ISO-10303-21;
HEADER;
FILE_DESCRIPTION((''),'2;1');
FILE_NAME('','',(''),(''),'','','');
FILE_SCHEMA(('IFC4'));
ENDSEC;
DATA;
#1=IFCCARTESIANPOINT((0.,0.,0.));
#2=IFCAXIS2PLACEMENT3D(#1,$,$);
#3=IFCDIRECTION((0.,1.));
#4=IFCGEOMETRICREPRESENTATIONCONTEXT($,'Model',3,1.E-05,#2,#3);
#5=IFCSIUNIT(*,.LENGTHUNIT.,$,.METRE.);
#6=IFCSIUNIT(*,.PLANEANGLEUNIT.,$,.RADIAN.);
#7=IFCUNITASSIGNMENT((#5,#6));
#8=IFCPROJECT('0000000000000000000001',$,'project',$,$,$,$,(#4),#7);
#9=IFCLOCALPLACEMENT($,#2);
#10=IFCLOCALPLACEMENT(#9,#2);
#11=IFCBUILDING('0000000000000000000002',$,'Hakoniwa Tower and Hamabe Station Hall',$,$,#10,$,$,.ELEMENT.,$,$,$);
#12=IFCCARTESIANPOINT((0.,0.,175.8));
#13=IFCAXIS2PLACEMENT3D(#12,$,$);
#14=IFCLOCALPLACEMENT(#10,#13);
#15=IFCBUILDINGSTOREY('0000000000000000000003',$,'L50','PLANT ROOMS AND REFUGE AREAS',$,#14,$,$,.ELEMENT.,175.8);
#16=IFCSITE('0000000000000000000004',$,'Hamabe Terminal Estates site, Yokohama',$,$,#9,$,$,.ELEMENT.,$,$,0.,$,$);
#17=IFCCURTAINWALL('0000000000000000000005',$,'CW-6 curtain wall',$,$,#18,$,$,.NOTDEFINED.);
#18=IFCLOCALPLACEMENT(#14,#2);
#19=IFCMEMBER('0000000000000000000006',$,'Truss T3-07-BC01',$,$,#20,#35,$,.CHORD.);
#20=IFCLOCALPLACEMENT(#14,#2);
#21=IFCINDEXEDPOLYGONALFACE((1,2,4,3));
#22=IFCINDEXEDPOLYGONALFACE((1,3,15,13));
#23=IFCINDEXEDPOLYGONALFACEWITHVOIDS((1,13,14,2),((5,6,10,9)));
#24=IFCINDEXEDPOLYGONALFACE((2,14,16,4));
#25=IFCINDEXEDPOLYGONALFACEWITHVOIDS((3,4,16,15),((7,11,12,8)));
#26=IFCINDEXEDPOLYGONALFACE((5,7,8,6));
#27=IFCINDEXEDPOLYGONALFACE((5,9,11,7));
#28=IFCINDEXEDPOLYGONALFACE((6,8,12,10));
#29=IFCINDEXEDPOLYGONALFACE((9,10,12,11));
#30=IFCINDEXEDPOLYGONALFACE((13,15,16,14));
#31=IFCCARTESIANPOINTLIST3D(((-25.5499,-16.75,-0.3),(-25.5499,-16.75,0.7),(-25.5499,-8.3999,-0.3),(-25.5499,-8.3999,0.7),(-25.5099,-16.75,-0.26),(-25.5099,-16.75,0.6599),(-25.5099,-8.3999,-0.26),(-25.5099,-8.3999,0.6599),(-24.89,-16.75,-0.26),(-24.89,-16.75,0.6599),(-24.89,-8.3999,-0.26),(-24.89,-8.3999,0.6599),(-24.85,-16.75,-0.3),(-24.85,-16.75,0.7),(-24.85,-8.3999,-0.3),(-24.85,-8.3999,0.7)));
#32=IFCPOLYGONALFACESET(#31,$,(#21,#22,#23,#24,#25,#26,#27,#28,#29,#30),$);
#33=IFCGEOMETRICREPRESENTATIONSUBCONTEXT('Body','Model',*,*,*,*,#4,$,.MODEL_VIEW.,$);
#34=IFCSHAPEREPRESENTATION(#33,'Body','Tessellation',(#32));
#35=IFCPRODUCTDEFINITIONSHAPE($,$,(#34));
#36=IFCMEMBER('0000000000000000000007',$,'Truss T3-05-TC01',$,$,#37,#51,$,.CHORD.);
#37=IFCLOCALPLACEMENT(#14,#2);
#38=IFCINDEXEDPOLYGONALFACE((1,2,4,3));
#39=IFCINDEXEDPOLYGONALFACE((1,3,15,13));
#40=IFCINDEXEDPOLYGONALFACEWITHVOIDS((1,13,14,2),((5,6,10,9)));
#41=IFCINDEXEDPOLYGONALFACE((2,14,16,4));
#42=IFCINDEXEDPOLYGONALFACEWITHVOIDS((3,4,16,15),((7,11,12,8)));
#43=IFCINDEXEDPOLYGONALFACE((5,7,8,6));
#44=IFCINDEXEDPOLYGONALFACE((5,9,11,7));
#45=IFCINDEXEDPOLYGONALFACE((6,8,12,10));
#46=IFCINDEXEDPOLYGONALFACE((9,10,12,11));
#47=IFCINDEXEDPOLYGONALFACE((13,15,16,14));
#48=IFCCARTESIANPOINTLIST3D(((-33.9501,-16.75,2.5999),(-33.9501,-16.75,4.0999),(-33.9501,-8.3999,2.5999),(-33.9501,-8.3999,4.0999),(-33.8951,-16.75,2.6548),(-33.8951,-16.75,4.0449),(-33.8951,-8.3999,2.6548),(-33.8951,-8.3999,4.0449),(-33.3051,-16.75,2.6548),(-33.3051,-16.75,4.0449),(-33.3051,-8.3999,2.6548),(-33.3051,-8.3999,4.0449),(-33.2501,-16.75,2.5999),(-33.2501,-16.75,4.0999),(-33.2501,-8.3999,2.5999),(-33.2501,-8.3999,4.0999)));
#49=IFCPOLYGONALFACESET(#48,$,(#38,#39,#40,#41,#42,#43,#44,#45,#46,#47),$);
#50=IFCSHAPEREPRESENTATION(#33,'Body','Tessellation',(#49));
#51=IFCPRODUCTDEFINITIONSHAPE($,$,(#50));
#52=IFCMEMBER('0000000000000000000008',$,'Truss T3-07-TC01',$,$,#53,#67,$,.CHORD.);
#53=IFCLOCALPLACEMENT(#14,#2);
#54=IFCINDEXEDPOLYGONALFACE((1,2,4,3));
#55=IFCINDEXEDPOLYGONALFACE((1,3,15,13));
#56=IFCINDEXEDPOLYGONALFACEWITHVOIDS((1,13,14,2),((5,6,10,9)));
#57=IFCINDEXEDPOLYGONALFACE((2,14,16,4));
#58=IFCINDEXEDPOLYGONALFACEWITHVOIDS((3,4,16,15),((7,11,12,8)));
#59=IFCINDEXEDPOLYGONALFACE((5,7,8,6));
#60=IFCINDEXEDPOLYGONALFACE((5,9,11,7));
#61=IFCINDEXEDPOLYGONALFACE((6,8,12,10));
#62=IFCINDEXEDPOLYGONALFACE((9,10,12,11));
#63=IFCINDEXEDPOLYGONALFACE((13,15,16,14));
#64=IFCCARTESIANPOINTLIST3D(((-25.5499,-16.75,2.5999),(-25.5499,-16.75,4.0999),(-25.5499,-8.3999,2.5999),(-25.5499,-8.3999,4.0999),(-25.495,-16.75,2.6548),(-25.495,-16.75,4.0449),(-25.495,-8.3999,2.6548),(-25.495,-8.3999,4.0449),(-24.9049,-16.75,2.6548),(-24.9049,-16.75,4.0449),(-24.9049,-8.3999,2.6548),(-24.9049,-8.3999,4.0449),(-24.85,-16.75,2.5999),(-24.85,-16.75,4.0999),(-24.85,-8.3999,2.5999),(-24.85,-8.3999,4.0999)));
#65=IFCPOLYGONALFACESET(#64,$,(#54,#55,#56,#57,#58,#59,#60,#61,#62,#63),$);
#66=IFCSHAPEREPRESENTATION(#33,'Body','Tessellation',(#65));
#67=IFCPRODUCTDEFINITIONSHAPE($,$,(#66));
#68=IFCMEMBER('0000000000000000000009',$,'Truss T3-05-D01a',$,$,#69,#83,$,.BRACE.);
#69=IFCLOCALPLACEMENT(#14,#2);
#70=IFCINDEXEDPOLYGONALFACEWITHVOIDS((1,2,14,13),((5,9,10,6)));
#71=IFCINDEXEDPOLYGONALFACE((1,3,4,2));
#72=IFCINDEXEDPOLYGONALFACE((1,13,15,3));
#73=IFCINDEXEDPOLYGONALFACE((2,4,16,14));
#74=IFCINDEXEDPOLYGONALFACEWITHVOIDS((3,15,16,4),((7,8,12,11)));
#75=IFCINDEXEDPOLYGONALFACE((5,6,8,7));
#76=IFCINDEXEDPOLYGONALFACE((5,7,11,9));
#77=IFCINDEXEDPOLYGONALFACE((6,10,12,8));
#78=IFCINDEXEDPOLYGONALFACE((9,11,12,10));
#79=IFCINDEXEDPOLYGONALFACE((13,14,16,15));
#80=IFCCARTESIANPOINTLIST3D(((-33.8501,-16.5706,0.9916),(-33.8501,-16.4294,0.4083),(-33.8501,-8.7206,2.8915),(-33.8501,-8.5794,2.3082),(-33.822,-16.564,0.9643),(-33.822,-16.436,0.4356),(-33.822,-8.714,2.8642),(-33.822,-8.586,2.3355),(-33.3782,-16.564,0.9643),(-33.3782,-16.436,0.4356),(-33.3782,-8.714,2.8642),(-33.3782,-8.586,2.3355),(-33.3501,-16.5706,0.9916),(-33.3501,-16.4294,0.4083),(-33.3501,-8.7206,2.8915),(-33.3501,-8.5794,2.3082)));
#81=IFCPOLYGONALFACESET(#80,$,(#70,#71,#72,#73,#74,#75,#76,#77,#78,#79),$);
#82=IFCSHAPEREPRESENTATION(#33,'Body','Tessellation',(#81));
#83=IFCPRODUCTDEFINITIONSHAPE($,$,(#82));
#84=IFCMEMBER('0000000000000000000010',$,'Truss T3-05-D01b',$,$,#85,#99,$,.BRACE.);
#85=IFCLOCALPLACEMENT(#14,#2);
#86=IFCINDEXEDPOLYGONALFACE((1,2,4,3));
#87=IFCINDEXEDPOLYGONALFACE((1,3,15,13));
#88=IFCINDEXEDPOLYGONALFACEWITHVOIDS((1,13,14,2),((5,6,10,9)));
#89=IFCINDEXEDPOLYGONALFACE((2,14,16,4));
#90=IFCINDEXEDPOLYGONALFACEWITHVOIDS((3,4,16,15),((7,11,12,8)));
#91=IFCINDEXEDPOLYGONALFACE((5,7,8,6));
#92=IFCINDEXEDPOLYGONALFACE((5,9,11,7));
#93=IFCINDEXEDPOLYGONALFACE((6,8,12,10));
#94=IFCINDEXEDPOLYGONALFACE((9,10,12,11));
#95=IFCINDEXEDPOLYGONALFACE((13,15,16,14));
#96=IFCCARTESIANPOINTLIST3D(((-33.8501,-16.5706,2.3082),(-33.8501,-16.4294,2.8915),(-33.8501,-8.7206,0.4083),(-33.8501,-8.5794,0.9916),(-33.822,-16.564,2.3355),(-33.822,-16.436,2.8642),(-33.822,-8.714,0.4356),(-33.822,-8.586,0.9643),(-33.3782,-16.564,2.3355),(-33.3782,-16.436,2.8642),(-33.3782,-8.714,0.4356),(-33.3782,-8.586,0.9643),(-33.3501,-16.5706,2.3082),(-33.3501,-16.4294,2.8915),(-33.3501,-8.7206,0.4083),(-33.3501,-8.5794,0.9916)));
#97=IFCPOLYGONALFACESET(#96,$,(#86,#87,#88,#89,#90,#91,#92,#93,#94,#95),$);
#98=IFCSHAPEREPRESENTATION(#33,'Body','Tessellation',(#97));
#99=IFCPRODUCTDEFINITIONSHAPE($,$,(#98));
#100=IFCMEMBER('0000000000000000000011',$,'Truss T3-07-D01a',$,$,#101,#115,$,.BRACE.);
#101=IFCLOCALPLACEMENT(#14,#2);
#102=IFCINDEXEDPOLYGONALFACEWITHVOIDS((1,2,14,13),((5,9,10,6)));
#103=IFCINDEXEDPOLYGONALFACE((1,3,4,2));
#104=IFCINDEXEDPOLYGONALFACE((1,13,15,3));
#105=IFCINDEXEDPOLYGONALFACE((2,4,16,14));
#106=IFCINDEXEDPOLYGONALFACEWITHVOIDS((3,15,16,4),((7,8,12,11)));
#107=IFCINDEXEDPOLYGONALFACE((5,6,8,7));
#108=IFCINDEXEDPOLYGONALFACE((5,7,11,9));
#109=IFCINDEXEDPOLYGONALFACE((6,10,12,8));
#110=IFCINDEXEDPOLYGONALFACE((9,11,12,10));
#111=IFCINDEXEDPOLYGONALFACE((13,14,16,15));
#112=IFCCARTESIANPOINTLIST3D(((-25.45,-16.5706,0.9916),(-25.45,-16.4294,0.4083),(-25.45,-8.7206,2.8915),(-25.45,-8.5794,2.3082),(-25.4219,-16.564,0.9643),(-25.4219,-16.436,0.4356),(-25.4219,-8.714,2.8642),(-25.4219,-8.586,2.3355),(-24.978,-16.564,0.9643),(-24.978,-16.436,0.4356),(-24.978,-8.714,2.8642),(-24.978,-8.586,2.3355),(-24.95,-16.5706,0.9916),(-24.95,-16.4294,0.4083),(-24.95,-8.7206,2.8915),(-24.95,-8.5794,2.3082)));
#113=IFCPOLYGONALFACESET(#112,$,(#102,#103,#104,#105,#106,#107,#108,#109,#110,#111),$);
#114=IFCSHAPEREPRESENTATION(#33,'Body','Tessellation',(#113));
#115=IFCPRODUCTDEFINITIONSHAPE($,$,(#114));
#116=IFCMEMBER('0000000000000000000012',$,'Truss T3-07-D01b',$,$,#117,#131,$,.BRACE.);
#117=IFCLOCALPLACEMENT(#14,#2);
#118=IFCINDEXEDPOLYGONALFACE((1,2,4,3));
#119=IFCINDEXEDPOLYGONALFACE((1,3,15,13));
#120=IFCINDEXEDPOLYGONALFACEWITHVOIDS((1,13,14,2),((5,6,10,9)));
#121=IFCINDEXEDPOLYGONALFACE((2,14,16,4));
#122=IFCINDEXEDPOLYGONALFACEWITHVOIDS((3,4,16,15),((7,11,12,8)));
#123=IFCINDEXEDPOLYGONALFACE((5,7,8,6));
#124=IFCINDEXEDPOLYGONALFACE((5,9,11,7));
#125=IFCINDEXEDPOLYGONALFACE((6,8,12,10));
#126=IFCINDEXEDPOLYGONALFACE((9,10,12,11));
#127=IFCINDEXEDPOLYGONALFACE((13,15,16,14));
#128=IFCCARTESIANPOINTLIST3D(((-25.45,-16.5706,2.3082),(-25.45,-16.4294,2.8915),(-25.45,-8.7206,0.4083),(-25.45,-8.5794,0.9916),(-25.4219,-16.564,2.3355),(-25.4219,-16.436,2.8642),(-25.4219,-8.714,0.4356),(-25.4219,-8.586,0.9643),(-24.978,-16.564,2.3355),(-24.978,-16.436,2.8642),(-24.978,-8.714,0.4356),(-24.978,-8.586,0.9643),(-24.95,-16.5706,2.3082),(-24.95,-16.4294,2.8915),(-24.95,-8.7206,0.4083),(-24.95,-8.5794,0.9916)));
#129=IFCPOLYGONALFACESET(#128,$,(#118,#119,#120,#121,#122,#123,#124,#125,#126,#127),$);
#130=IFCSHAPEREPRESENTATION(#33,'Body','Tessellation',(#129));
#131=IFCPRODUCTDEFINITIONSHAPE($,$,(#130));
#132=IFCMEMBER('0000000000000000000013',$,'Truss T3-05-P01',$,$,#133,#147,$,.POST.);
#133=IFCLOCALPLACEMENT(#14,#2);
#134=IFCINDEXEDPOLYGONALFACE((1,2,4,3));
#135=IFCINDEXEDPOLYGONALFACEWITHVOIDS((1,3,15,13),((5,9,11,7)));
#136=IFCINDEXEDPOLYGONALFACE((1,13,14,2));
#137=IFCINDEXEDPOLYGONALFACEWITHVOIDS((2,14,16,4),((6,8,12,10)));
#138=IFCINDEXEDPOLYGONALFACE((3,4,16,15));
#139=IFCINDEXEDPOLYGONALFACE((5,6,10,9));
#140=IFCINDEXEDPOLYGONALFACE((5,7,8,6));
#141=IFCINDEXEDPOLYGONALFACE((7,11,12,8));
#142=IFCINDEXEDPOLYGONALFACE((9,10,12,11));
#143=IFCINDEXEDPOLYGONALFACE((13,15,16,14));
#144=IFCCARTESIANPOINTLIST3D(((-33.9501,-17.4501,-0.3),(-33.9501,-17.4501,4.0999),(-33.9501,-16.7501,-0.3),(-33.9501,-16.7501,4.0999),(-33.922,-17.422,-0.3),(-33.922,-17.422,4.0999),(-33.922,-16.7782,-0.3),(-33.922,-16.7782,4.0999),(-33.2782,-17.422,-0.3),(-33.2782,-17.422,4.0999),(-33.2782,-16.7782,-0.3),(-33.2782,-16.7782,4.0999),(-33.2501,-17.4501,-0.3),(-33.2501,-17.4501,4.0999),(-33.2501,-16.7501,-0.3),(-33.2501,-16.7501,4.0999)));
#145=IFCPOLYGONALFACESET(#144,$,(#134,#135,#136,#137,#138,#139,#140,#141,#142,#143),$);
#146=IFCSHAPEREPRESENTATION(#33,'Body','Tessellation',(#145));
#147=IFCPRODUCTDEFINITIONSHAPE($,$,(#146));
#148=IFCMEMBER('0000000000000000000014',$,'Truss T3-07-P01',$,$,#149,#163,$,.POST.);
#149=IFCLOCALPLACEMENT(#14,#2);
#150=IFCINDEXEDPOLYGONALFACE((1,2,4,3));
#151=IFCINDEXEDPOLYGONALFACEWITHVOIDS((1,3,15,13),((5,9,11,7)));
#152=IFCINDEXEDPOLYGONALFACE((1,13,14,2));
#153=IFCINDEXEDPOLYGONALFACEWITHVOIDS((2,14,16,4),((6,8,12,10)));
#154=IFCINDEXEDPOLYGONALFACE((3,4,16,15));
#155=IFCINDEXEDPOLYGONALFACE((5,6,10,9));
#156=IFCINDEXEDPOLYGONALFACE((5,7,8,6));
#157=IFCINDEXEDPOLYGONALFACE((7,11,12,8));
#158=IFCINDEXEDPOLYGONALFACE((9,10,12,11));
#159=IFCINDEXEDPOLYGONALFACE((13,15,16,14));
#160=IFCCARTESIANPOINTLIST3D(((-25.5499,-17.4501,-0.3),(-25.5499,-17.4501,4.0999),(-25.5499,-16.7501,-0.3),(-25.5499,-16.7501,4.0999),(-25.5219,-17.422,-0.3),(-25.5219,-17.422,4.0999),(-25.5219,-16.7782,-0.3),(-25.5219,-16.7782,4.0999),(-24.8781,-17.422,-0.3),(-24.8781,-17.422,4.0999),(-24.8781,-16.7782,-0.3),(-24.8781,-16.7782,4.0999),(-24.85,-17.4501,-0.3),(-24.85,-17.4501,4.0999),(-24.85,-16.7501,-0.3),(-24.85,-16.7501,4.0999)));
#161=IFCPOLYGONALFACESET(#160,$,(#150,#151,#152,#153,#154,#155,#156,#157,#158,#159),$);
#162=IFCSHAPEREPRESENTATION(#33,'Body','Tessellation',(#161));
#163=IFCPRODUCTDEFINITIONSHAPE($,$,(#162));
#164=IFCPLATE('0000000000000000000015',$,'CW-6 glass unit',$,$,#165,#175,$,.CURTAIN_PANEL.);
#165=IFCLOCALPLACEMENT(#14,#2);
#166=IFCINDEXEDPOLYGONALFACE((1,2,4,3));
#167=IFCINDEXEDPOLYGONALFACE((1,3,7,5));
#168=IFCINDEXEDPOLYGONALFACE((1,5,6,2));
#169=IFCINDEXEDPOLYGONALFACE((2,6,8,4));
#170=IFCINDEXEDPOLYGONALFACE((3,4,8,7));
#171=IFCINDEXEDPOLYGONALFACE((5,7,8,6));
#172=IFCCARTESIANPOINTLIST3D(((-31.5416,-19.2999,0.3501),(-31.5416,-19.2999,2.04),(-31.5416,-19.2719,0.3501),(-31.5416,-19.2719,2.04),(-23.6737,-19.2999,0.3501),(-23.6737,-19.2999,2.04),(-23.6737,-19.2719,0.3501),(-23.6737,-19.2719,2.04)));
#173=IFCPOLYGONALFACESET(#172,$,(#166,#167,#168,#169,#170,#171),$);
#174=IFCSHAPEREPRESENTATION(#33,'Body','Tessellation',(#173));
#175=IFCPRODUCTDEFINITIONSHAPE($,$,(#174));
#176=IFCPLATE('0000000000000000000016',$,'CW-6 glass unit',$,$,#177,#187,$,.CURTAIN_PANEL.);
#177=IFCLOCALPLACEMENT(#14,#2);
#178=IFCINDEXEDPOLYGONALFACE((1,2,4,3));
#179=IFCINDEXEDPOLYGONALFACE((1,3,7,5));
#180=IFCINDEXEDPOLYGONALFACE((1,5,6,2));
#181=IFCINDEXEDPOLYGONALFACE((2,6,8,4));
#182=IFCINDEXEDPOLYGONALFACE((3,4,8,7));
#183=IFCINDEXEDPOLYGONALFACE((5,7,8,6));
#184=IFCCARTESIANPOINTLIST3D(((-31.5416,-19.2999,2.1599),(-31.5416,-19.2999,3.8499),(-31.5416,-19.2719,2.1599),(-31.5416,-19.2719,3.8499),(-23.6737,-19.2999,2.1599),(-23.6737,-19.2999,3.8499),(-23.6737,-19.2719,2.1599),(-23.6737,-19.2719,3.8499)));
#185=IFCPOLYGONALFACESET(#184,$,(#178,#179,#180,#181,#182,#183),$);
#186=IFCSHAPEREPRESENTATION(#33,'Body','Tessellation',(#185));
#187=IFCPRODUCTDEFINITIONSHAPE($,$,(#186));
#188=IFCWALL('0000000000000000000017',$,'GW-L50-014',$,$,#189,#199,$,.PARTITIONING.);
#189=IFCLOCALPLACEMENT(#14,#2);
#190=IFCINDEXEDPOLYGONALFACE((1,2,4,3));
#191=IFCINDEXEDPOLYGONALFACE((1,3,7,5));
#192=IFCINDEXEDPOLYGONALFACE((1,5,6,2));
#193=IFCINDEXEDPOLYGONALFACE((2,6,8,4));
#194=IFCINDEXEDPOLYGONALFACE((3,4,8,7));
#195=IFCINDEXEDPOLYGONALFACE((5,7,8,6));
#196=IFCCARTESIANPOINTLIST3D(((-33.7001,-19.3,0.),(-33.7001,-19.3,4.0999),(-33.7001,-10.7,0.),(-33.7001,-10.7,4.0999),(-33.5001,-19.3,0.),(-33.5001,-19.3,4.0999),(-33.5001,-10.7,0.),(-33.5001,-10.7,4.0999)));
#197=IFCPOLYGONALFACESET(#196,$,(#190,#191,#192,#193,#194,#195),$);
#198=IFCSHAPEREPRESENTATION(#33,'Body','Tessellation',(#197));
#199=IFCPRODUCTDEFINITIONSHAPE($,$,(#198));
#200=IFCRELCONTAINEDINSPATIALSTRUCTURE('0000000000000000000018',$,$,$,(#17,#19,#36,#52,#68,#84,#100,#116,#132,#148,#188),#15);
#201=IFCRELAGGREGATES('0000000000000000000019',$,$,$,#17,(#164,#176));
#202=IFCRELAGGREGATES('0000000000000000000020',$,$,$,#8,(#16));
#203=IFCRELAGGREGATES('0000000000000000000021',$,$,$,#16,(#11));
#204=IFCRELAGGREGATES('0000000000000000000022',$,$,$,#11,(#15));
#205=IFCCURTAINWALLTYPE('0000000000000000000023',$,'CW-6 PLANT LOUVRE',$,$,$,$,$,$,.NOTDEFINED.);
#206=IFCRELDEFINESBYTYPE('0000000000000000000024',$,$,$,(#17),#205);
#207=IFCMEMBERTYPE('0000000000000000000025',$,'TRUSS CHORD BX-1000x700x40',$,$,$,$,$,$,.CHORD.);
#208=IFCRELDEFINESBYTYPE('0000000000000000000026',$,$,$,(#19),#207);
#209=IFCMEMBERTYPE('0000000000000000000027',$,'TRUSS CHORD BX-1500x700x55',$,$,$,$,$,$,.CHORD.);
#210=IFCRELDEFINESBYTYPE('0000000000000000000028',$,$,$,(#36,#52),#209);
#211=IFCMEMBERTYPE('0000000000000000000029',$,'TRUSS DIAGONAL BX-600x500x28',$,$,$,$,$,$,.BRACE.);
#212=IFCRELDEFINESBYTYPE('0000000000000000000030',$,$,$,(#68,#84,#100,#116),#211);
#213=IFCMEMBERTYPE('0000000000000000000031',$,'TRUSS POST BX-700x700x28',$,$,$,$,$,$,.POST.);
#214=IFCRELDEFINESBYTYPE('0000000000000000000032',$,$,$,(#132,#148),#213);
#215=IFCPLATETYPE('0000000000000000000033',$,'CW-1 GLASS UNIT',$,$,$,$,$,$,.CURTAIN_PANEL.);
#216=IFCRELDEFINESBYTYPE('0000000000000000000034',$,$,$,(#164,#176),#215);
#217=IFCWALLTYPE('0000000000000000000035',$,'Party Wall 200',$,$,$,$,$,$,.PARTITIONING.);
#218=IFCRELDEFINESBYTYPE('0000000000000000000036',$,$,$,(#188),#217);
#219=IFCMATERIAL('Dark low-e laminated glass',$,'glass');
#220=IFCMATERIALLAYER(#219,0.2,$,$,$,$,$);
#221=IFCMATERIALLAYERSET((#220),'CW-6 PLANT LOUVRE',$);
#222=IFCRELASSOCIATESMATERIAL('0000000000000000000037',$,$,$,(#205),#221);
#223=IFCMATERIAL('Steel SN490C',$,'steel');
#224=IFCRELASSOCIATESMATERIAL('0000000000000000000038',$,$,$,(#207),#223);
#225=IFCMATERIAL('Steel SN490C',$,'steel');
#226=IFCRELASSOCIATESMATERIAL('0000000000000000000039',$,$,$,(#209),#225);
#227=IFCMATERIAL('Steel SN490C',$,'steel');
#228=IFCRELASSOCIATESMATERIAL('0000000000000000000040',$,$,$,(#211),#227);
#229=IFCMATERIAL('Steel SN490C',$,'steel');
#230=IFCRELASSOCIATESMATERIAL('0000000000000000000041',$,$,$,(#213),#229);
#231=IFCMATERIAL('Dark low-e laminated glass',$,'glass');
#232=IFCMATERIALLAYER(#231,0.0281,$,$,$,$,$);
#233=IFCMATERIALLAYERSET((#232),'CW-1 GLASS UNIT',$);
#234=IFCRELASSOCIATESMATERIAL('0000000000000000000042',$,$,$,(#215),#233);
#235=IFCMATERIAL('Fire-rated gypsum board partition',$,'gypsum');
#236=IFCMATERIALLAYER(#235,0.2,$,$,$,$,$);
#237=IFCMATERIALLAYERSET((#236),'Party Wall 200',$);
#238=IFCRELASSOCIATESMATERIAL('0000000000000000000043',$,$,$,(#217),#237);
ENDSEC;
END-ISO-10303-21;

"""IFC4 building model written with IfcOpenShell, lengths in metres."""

from ifc_helpers import new_model, si_unit, direction, frame, frame_2d, origin, origin_2d, place, context, subcontext, project, spatial, rectangle, hollow_rectangle, extrude, material, layer, layer_set, material_profile, profile_set, type_object, element, aggregate, save


model = new_model("IFC4")

# Units and contexts
model_context = context("Model", 3, precision=1e-05, world=origin(), true_north=direction((0.0, 1.0)))
body_context = subcontext(model_context, "Body", "Model", "MODEL_VIEW")
ifc_project = project(units=[si_unit("LENGTHUNIT", "METRE"), si_unit("PLANEANGLEUNIT", "RADIAN")], contexts=[model_context])

# Site, building, storey
site_placement = place(None, origin())
site = spatial("IfcSite", under=ifc_project, at=site_placement, Name="Hamabe Terminal Estates site, Yokohama", CompositionType="ELEMENT", RefElevation=0.0)
building_placement = place(site_placement, origin())
building = spatial("IfcBuilding", under=site, at=building_placement, Name="Hakoniwa Tower and Hamabe Station Hall", CompositionType="ELEMENT")
storey_placement = place(building_placement, frame((0.0, 0.0, 175.8)))
storey = spatial("IfcBuildingStorey", under=building, at=storey_placement, Name="L50", Description="PLANT ROOMS AND REFUGE AREAS", CompositionType="ELEMENT", Elevation=175.8)

# Curtain wall
ifc_material_1 = material(Name="Dark low-e laminated glass", Category="glass")
ifc_layer_1 = layer(ifc_material_1, 0.2)
ifc_layer_set_1 = layer_set([ifc_layer_1], Name="CW-6 PLANT LOUVRE")
curtain_wall_type = type_object("IfcCurtainWallType", Name="CW-6 PLANT LOUVRE", PredefinedType="NOTDEFINED", material=ifc_layer_set_1)
curtain_wall_1_placement = place(storey_placement, origin())
curtain_wall_1 = element("IfcCurtainWall", 1, at=curtain_wall_1_placement, inside=storey, type_object=curtain_wall_type, Name="CW-6 curtain wall", PredefinedType="NOTDEFINED")

# Members
ifc_material_2 = material(Name="Steel SN490C", Category="steel")
ifc_material_profile_1 = material_profile(ifc_material_2, hollow_rectangle(XDim=0.7, YDim=1.0, WallThickness=0.04, at=origin_2d()), Name="BX-1000x700x40")
ifc_profile_set_1 = profile_set([ifc_material_profile_1], Name="Steel SN490C")
member_type_1 = type_object("IfcMemberType", Name="TRUSS CHORD BX-1000x700x40", PredefinedType="CHORD", material=ifc_profile_set_1)
for number, where, z_axis, x_axis, name in (
    (2, (-25.2, -16.75, 0.2), (0.0, 1.0, 0.0), (-1.0, 0.0, 0.0), "Truss T3-07-BC01"),
):
    element("IfcMember", number, at=place(storey_placement, frame(where, z_axis=z_axis, x_axis=x_axis)), inside=storey, type_object=member_type_1, Name=name, PredefinedType="CHORD", context=body_context, shape_type="SweptSolid", body=[
        extrude(hollow_rectangle(XDim=0.7, YDim=1.0, WallThickness=0.04, at=origin_2d()), origin(), (0.0, 0.0, 1.0), 8.3501),
    ])
ifc_material_3 = material(Name="Steel SN490C", Category="steel")
ifc_material_profile_2 = material_profile(ifc_material_3, hollow_rectangle(XDim=0.7, YDim=1.5, WallThickness=0.0549, at=origin_2d()), Name="BX-1500x700x55")
ifc_profile_set_2 = profile_set([ifc_material_profile_2], Name="Steel SN490C")
member_type_2 = type_object("IfcMemberType", Name="TRUSS CHORD BX-1500x700x55", PredefinedType="CHORD", material=ifc_profile_set_2)
for number, where, z_axis, x_axis, name in (
    (3, (-33.6001, -16.75, 3.3499), (0.0, 1.0, 0.0), (-1.0, 0.0, 0.0), "Truss T3-05-TC01"),
    (4, (-25.2, -16.75, 3.3499), (0.0, 1.0, 0.0), (-1.0, 0.0, 0.0), "Truss T3-07-TC01"),
):
    element("IfcMember", number, at=place(storey_placement, frame(where, z_axis=z_axis, x_axis=x_axis)), inside=storey, type_object=member_type_2, Name=name, PredefinedType="CHORD", context=body_context, shape_type="SweptSolid", body=[
        extrude(hollow_rectangle(XDim=0.7, YDim=1.5, WallThickness=0.0549, at=origin_2d()), origin(), (0.0, 0.0, 1.0), 8.3501),
    ])
ifc_material_4 = material(Name="Steel SN490C", Category="steel")
ifc_material_profile_3 = material_profile(ifc_material_4, hollow_rectangle(XDim=0.5, YDim=0.6001, WallThickness=0.0281, at=origin_2d()), Name="BX-600x500x28")
ifc_profile_set_3 = profile_set([ifc_material_profile_3], Name="Steel SN490C")
member_type_3 = type_object("IfcMemberType", Name="TRUSS DIAGONAL BX-600x500x28", PredefinedType="BRACE", material=ifc_profile_set_3)
for number, where, z_axis, x_axis, name in (
    (5, (-33.6001, -16.5, 0.7), (0.0, 0.971939, 0.235231), (-1.0, 0.0, 0.0), "Truss T3-05-D01a"),
    (6, (-33.6001, -16.5, 2.5999), (0.0, 0.971939, -0.235231), (-1.0, 0.0, 0.0), "Truss T3-05-D01b"),
    (7, (-25.2, -16.5, 0.7), (0.0, 0.971939, 0.235231), (-1.0, 0.0, 0.0), "Truss T3-07-D01a"),
    (8, (-25.2, -16.5, 2.5999), (0.0, 0.971939, -0.235231), (-1.0, 0.0, 0.0), "Truss T3-07-D01b"),
):
    element("IfcMember", number, at=place(storey_placement, frame(where, z_axis=z_axis, x_axis=x_axis)), inside=storey, type_object=member_type_3, Name=name, PredefinedType="BRACE", context=body_context, shape_type="SweptSolid", body=[
        extrude(hollow_rectangle(XDim=0.5, YDim=0.6001, WallThickness=0.0281, at=origin_2d()), origin(), (0.0, 0.0, 1.0), 8.0767),
    ])
ifc_material_5 = material(Name="Steel SN490C", Category="steel")
ifc_material_profile_4 = material_profile(ifc_material_5, hollow_rectangle(XDim=0.7, YDim=0.7, WallThickness=0.0281, at=origin_2d()), Name="BX-700x700x28")
ifc_profile_set_4 = profile_set([ifc_material_profile_4], Name="Steel SN490C")
member_type_4 = type_object("IfcMemberType", Name="TRUSS POST BX-700x700x28", PredefinedType="POST", material=ifc_profile_set_4)
for number, where, z_axis, x_axis, name in (
    (9, (-33.6001, -17.1001, -0.3), (0.0, 0.0, 1.0), (1.0, 0.0, 0.0), "Truss T3-05-P01"),
    (10, (-25.2, -17.1001, -0.3), (0.0, 0.0, 1.0), (1.0, 0.0, 0.0), "Truss T3-07-P01"),
):
    element("IfcMember", number, at=place(storey_placement, frame(where, z_axis=z_axis, x_axis=x_axis)), inside=storey, type_object=member_type_4, Name=name, PredefinedType="POST", context=body_context, shape_type="SweptSolid", body=[
        extrude(hollow_rectangle(XDim=0.7, YDim=0.7, WallThickness=0.0281, at=origin_2d()), origin(), (0.0, 0.0, 1.0), 4.3999),
    ])

# Plates
ifc_material_6 = material(Name="Dark low-e laminated glass", Category="glass")
ifc_layer_2 = layer(ifc_material_6, 0.0281)
ifc_layer_set_2 = layer_set([ifc_layer_2], Name="CW-1 GLASS UNIT")
plate_type = type_object("IfcPlateType", Name="CW-1 GLASS UNIT", PredefinedType="CURTAIN_PANEL", material=ifc_layer_set_2)
plate_1_placement = place(storey_placement, frame((-27.6077, -19.2859, 0.3501), z_axis=(0.0, 0.0, 1.0), x_axis=(1.0, 0.0, 0.0)))
plate_1 = element("IfcPlate", 11, at=plate_1_placement, type_object=plate_type, Name="CW-6 glass unit", PredefinedType="CURTAIN_PANEL", context=body_context, shape_type="SweptSolid", body=[
    extrude(rectangle(XDim=7.8679, YDim=0.0281, at=origin_2d()), origin(), (0.0, 0.0, 1.0), 1.6899),
])
plate_2_placement = place(storey_placement, frame((-27.6077, -19.2859, 2.1599), z_axis=(0.0, 0.0, 1.0), x_axis=(1.0, 0.0, 0.0)))
plate_2 = element("IfcPlate", 12, at=plate_2_placement, type_object=plate_type, Name="CW-6 glass unit", PredefinedType="CURTAIN_PANEL", context=body_context, shape_type="SweptSolid", body=[
    extrude(rectangle(XDim=7.8679, YDim=0.0281, at=origin_2d()), origin(), (0.0, 0.0, 1.0), 1.6899),
])

# Wall
ifc_material_7 = material(Name="Fire-rated gypsum board partition", Category="gypsum")
ifc_layer_3 = layer(ifc_material_7, 0.2)
ifc_layer_set_3 = layer_set([ifc_layer_3], Name="Party Wall 200")
wall_type = type_object("IfcWallType", Name="Party Wall 200", PredefinedType="PARTITIONING", material=ifc_layer_set_3)
for number, where, z_axis, x_axis, name in (
    (13, (-33.6001, -19.3, 0.0), (0.0, 0.0, 1.0), (0.0, 1.0, 0.0), "GW-L50-014"),
):
    element("IfcWall", number, at=place(storey_placement, frame(where, z_axis=z_axis, x_axis=x_axis)), inside=storey, type_object=wall_type, Name=name, PredefinedType="PARTITIONING", context=body_context, shape_type="SweptSolid", body=[
        extrude(rectangle(XDim=8.6001, YDim=0.2, at=frame_2d((4.3, 0.0))), origin(), (0.0, 0.0, 1.0), 4.0999),
    ])

aggregate(curtain_wall_1, [plate_1, plate_2])

save(model, "model.ifc")
